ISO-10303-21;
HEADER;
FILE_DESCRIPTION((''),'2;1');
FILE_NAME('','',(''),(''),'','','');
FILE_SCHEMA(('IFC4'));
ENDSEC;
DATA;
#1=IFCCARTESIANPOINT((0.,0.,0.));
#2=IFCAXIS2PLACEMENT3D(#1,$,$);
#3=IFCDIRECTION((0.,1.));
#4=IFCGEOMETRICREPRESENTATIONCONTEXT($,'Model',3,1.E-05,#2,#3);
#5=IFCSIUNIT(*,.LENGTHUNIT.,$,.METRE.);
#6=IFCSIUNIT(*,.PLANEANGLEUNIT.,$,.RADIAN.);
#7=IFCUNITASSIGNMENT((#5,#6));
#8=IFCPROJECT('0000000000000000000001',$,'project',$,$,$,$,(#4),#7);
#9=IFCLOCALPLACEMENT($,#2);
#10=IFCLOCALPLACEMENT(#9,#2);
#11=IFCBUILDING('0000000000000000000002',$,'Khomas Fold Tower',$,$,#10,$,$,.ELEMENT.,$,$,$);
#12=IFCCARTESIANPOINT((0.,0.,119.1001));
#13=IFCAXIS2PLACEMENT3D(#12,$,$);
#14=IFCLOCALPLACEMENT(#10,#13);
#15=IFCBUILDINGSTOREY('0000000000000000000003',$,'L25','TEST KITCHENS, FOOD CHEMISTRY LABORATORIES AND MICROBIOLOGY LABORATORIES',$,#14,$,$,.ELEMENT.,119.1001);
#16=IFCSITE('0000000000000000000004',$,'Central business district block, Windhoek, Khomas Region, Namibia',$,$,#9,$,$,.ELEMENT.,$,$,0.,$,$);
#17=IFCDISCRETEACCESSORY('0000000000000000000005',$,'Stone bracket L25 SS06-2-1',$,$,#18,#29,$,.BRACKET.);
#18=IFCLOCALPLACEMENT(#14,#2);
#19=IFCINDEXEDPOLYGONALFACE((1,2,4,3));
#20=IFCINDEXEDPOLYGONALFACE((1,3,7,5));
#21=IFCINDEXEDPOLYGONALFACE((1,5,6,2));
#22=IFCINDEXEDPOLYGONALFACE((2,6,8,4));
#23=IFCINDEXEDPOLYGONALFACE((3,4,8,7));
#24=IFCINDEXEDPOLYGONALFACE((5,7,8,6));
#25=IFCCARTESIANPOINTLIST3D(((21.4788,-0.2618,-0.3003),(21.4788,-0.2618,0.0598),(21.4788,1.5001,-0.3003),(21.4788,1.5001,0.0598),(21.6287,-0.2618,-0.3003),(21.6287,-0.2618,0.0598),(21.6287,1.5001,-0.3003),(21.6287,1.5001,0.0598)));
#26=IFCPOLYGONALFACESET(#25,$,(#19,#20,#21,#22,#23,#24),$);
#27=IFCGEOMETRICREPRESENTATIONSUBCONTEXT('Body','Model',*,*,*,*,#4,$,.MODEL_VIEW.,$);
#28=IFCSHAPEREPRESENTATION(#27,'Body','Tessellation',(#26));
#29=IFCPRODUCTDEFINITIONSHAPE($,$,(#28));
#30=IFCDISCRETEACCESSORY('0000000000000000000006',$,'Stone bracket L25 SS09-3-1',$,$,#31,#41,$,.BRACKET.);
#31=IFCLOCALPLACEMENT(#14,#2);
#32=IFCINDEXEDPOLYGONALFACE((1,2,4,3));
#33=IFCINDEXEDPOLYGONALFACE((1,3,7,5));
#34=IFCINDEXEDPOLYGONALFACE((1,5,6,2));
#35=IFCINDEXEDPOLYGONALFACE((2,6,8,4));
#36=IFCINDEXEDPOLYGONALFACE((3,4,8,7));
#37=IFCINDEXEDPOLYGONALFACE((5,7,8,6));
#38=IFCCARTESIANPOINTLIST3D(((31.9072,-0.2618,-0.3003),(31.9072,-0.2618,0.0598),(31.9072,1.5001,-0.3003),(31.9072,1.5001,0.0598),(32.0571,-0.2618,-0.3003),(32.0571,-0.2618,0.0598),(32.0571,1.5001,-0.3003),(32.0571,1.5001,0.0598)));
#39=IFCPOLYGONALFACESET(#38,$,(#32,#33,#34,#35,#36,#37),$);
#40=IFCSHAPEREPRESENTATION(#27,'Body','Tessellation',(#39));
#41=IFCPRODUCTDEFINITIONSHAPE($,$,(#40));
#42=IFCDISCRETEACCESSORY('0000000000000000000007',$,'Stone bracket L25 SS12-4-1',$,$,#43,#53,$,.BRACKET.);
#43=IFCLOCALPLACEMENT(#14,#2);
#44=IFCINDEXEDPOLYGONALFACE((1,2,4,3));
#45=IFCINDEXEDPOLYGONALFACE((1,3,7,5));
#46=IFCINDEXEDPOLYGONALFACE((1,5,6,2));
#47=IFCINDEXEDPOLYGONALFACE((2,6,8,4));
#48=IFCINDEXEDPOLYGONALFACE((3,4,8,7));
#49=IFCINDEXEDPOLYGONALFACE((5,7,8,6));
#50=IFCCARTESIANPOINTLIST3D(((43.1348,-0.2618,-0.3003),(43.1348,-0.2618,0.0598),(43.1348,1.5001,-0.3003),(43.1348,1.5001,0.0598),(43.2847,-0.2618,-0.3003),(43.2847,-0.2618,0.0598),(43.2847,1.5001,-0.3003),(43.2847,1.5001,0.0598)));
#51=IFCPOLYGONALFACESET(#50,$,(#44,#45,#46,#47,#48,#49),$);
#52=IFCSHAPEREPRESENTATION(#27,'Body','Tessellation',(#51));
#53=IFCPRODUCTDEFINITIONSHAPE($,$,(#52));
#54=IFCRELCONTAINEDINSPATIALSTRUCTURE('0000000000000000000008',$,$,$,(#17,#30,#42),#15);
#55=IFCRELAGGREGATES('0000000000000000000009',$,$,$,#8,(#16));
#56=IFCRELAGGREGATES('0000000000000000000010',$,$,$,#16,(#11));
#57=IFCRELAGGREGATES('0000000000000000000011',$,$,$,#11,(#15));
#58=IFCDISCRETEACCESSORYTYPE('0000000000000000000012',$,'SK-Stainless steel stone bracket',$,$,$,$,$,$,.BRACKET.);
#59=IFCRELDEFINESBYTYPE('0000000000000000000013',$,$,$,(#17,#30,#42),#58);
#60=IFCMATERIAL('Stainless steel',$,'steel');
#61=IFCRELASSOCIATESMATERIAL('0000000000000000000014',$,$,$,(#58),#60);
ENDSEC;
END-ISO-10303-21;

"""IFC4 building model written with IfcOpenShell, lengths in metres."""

from ifc_helpers import new_model, si_unit, direction, frame, origin, origin_2d, place, context, subcontext, project, spatial, rectangle, extrude, source, transform, mapped, material, type_object, element, save


model = new_model("IFC4")

# Units and contexts
model_context = context("Model", 3, precision=1e-05, world=origin(), true_north=direction((0.0, 1.0)))
body_context = subcontext(model_context, "Body", "Model", "MODEL_VIEW")
ifc_project = project(units=[si_unit("LENGTHUNIT", "METRE"), si_unit("PLANEANGLEUNIT", "RADIAN")], contexts=[model_context])

# Site, building, storey
site_placement = place(None, origin())
site = spatial("IfcSite", under=ifc_project, at=site_placement, Name="Central business district block, Windhoek, Khomas Region, Namibia", CompositionType="ELEMENT", RefElevation=0.0)
building_placement = place(site_placement, origin())
building = spatial("IfcBuilding", under=site, at=building_placement, Name="Khomas Fold Tower", CompositionType="ELEMENT")
storey_placement = place(building_placement, frame((0.0, 0.0, 119.1001)))
storey = spatial("IfcBuildingStorey", under=building, at=storey_placement, Name="L25", Description="TEST KITCHENS, FOOD CHEMISTRY LABORATORIES AND MICROBIOLOGY LABORATORIES", CompositionType="ELEMENT", Elevation=119.1001)

# Discrete accessories
ifc_material_1 = material(Name="Stainless steel", Category="steel")
discrete_accessory_type = type_object("IfcDiscreteAccessoryType", Name="SK-Stainless steel stone bracket", PredefinedType="BRACKET", material=ifc_material_1)
shared_shape_1 = source(origin(), body_context, "Body", "SweptSolid", [
    extrude(rectangle(XDim=1.762, YDim=0.1499, at=origin_2d()), origin(), (0.0, 0.0, 1.0), 0.3601),
])
for number, where, z_axis, x_axis, name in (
    (1, (21.5537, 0.6191, -0.3003), (0.0, 0.0, 1.0), (0.0, -1.0, 0.0), "Stone bracket L25 SS06-2-1"),
    (2, (31.9822, 0.6191, -0.3003), (0.0, 0.0, 1.0), (0.0, -1.0, 0.0), "Stone bracket L25 SS09-3-1"),
    (3, (43.2097, 0.6191, -0.3003), (0.0, 0.0, 1.0), (0.0, -1.0, 0.0), "Stone bracket L25 SS12-4-1"),
):
    element("IfcDiscreteAccessory", number, at=place(storey_placement, frame(where, z_axis=z_axis, x_axis=x_axis)), inside=storey, type_object=discrete_accessory_type, Name=name, PredefinedType="BRACKET", context=body_context, shape_type="MappedRepresentation", body=[
        mapped(shared_shape_1, transform((0.0, 0.0, 0.0))),
    ])

save(model, "model.ifc")
